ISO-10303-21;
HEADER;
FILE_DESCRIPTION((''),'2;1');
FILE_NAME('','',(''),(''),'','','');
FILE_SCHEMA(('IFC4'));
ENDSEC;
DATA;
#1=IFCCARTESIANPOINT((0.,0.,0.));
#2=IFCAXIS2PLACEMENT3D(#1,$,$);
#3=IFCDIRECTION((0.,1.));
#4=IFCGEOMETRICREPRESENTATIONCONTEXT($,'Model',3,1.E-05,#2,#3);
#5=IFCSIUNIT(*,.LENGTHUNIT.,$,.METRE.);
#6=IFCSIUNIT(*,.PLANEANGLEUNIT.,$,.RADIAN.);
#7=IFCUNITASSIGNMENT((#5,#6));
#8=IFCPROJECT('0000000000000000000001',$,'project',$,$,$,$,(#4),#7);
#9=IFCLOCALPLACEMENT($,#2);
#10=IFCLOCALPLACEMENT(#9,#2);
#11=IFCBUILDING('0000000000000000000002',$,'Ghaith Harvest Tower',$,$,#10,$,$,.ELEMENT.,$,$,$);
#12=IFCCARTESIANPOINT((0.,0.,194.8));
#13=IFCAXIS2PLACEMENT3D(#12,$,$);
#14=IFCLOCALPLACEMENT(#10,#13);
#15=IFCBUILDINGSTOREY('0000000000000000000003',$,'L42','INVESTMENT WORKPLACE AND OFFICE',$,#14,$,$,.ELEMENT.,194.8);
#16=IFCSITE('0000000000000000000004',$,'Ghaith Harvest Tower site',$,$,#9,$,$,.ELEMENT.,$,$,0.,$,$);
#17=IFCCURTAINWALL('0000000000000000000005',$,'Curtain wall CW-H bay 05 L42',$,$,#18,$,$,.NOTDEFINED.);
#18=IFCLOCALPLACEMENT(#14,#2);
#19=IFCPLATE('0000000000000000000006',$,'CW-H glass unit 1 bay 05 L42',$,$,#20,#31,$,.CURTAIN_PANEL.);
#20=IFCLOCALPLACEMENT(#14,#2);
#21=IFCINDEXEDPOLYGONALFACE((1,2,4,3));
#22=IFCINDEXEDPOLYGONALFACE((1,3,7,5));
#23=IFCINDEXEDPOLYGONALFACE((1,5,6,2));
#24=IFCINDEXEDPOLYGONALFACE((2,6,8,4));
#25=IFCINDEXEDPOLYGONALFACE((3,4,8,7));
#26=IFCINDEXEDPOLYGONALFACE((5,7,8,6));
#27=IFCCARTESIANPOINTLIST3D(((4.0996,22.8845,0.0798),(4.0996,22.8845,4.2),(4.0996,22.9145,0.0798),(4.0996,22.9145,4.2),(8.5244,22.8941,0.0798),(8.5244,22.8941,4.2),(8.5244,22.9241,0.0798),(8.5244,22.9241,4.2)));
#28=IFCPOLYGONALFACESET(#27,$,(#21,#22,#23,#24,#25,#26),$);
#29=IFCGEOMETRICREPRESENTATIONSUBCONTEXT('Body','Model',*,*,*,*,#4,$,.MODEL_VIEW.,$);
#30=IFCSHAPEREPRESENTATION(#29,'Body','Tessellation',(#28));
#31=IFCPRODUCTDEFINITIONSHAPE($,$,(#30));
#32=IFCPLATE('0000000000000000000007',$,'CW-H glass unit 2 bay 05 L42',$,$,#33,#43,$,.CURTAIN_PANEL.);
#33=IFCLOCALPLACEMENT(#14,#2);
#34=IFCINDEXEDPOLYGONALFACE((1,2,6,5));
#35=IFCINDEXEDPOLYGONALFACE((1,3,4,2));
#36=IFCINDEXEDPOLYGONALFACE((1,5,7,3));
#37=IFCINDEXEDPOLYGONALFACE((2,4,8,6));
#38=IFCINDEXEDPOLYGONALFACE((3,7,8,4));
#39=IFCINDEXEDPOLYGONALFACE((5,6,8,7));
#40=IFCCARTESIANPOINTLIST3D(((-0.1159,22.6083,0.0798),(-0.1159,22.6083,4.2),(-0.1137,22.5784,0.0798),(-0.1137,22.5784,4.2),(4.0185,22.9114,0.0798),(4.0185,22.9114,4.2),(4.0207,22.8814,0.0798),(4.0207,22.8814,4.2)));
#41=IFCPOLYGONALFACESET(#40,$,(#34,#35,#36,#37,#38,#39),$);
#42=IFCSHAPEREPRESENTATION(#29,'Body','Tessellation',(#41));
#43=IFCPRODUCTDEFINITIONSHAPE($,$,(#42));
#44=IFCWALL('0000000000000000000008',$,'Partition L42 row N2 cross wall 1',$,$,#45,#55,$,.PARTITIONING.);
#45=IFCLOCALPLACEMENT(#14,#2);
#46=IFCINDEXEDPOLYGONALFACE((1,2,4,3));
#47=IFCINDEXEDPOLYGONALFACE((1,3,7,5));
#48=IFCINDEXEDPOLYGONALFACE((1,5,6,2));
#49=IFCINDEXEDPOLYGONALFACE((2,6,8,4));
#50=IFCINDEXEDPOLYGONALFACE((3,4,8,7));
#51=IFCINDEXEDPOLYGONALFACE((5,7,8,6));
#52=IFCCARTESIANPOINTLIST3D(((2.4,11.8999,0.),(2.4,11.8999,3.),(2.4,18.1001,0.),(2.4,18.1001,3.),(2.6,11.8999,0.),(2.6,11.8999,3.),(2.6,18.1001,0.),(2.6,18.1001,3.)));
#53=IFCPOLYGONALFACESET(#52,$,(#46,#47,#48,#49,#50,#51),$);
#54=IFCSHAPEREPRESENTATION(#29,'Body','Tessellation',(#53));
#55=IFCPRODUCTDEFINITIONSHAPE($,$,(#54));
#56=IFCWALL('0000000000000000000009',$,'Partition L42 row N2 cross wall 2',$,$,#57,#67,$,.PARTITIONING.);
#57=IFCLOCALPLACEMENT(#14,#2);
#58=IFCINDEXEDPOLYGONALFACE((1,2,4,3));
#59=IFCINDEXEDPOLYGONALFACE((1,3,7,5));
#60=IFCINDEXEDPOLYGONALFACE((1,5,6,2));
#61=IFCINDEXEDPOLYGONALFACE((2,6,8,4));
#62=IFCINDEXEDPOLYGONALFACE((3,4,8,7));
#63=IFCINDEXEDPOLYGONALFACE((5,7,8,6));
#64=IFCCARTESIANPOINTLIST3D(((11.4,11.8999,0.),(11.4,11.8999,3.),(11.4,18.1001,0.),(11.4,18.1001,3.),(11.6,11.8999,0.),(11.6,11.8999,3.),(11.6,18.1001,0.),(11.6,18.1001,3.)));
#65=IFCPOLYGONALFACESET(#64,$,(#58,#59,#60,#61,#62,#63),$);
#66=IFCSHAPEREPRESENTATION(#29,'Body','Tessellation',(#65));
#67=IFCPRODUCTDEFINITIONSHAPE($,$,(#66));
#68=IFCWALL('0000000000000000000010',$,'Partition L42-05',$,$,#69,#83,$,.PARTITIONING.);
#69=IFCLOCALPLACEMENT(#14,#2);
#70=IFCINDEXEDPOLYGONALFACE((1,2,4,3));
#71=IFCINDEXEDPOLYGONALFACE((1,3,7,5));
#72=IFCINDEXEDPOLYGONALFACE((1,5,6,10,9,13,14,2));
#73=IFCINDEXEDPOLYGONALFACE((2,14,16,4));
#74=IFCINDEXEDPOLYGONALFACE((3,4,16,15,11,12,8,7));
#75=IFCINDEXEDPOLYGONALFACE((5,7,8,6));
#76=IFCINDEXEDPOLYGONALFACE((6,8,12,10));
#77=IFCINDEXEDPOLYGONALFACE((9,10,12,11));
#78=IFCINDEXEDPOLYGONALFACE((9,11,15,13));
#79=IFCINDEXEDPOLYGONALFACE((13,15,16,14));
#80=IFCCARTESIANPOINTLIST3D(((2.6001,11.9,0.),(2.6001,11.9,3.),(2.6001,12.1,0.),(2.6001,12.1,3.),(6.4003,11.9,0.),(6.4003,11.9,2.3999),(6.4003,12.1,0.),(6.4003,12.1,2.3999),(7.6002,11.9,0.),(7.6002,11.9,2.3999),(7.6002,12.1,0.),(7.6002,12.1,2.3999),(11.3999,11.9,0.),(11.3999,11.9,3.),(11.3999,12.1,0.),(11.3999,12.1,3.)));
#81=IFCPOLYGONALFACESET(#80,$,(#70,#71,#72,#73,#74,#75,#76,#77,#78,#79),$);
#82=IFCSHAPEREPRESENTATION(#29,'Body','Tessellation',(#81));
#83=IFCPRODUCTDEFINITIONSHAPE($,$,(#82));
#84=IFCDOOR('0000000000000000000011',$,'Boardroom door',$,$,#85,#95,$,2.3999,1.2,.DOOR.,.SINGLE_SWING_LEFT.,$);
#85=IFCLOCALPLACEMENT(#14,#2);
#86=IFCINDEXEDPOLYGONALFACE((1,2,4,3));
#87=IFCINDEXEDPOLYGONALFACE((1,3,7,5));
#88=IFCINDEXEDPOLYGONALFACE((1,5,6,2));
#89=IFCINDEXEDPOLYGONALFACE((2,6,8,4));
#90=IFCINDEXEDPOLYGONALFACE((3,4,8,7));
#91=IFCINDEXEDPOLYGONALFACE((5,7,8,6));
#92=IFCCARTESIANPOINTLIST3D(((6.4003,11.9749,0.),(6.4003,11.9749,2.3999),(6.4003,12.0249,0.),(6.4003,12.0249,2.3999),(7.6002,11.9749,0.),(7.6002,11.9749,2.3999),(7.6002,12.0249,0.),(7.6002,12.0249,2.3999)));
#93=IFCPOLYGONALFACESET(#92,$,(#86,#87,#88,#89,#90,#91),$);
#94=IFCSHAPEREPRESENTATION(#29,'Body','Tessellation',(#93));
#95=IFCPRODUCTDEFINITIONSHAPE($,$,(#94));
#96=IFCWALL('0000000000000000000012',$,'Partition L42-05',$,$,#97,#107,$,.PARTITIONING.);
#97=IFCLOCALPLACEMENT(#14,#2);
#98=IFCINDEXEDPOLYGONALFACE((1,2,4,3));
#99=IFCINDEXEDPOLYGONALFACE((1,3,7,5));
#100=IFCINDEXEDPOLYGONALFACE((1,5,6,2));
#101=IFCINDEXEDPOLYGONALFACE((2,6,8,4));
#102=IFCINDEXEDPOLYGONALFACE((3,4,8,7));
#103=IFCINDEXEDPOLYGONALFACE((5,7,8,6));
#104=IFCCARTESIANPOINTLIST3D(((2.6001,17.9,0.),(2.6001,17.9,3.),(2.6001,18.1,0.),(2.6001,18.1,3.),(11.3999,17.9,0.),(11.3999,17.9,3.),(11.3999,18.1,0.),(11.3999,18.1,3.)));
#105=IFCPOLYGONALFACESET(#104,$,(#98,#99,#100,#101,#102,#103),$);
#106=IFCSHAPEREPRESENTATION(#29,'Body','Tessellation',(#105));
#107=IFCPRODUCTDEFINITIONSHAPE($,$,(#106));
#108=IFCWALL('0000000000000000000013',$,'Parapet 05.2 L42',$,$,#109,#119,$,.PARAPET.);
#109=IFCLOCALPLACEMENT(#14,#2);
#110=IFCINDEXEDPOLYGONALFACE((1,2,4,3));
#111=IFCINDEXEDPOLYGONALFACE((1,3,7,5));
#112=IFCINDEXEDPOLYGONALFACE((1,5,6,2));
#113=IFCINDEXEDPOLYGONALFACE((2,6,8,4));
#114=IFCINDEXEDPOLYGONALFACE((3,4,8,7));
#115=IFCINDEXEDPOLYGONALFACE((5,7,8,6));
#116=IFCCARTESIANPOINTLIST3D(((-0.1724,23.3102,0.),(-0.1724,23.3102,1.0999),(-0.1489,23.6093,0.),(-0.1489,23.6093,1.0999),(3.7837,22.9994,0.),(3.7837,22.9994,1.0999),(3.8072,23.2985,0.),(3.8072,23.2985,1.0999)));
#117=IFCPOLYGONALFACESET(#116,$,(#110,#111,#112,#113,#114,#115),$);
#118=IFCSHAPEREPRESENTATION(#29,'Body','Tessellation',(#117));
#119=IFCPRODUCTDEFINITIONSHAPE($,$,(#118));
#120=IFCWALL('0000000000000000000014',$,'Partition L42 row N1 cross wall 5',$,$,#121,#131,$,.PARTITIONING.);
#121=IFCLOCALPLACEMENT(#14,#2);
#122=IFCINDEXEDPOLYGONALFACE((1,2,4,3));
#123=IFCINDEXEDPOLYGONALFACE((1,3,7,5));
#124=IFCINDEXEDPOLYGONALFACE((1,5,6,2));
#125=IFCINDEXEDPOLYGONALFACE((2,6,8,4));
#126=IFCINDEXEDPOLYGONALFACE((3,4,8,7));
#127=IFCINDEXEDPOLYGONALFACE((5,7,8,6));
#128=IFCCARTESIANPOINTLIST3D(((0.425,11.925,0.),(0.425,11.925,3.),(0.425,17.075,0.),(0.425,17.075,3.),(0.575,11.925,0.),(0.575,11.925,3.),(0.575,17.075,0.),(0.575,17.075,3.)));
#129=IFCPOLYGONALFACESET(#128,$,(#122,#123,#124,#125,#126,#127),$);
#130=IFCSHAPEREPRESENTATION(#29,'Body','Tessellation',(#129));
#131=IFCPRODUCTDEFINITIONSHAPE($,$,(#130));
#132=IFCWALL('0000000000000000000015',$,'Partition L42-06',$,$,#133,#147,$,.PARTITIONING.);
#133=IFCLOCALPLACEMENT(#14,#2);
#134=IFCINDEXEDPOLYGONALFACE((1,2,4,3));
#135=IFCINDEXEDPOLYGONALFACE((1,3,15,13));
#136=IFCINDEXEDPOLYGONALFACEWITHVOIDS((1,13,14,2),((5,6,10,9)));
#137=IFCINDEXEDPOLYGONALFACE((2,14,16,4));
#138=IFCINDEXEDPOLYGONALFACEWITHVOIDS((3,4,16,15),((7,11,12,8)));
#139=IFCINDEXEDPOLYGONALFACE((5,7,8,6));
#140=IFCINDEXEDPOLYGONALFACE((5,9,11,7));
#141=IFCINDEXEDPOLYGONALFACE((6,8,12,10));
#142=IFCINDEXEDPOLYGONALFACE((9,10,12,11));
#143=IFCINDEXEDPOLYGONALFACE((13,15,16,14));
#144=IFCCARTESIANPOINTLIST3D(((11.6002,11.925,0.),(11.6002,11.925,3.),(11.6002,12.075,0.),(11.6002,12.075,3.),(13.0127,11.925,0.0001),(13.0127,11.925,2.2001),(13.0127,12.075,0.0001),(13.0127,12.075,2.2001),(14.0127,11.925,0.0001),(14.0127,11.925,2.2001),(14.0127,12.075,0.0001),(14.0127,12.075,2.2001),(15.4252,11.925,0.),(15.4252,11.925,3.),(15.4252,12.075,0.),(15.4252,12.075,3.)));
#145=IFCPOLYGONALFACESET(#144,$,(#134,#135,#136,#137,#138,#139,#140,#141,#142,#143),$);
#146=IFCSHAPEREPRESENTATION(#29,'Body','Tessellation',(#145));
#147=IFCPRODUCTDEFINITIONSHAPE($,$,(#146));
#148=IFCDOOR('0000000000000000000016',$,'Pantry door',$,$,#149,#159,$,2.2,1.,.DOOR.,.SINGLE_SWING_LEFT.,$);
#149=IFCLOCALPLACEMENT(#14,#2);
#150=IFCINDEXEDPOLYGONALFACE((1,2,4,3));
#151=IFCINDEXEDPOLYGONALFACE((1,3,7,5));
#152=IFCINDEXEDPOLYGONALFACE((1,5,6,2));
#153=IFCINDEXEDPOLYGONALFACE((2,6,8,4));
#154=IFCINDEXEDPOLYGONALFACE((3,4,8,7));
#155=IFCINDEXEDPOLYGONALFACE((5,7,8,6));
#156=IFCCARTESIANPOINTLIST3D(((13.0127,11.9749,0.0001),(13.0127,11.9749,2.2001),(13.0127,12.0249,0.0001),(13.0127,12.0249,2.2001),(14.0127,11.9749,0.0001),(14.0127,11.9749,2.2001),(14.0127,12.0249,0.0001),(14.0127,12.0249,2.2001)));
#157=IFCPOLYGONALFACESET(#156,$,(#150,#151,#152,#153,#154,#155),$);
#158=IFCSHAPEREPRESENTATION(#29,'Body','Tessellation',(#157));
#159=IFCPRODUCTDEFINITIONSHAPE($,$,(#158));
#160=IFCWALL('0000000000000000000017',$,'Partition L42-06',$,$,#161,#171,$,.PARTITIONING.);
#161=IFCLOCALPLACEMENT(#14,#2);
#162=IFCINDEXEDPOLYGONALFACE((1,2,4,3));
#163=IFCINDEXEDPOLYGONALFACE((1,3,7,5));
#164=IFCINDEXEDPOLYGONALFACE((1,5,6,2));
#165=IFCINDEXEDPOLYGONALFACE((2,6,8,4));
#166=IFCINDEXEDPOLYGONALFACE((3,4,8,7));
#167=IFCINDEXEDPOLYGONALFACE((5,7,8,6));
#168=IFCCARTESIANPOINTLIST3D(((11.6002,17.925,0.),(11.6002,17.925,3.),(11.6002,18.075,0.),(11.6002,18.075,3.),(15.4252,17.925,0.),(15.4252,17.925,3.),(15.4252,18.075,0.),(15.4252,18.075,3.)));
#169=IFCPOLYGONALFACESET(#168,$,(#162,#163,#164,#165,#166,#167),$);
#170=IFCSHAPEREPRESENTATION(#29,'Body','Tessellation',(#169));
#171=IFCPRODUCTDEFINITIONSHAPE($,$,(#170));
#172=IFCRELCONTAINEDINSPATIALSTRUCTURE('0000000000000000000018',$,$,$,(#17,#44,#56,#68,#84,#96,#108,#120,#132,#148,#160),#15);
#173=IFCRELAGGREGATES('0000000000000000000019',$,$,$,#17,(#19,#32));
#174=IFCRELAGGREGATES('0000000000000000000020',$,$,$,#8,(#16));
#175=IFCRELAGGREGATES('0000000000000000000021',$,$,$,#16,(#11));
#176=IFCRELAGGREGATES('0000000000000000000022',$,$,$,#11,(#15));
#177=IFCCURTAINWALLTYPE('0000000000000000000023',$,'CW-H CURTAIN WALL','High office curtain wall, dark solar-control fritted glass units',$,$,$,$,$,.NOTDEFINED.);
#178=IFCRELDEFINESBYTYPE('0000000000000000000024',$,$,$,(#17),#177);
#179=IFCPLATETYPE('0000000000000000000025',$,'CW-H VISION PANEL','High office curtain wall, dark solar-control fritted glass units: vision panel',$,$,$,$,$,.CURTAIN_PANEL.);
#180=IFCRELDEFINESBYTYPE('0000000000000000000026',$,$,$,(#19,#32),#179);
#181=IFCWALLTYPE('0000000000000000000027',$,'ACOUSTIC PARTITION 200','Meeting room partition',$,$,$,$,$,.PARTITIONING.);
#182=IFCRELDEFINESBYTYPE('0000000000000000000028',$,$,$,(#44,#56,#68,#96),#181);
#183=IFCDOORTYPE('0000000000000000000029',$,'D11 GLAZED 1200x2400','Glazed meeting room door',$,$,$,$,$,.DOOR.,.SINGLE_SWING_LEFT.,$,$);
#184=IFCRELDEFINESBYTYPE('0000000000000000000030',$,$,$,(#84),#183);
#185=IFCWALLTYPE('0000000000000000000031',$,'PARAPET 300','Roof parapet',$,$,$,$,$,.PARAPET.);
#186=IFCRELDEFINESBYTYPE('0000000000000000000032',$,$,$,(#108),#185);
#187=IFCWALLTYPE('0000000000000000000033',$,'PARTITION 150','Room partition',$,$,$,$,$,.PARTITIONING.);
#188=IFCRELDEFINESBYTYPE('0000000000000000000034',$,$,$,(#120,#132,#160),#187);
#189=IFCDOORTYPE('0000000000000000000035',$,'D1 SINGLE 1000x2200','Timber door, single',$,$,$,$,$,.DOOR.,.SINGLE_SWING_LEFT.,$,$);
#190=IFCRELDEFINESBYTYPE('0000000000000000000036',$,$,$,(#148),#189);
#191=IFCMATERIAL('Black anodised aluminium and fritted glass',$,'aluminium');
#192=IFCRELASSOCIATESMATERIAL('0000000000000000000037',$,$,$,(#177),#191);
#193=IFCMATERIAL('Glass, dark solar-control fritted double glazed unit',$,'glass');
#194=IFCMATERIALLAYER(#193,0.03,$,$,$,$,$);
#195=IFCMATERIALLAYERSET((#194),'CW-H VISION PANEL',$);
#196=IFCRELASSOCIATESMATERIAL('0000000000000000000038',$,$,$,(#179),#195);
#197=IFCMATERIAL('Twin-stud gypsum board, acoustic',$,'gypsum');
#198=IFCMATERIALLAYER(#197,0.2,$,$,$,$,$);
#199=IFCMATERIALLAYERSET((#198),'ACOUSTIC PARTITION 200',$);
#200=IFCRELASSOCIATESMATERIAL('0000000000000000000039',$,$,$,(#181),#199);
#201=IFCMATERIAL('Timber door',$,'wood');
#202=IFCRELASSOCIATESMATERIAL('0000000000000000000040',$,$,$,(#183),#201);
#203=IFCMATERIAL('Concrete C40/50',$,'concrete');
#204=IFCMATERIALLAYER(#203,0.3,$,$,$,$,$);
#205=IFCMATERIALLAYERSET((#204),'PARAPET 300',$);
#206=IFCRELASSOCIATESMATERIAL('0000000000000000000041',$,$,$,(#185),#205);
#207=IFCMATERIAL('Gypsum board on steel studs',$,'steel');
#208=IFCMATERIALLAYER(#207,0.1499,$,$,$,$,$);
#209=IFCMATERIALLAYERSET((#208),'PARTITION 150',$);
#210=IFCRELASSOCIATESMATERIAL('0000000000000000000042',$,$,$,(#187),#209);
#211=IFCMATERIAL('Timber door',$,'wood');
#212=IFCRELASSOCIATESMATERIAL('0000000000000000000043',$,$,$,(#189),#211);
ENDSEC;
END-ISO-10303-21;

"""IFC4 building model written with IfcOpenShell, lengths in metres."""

from ifc_helpers import new_model, si_unit, direction, frame, frame_2d, origin, origin_2d, place, context, subcontext, project, spatial, rectangle, extrude, material, layer, layer_set, type_object, element, fill, aggregate, save


model = new_model("IFC4")

# Units and contexts
model_context = context("Model", 3, precision=1e-05, world=origin(), true_north=direction((0.0, 1.0)))
body_context = subcontext(model_context, "Body", "Model", "MODEL_VIEW")
ifc_project = project(units=[si_unit("LENGTHUNIT", "METRE"), si_unit("PLANEANGLEUNIT", "RADIAN")], contexts=[model_context])

# Site, building, storey
site_placement = place(None, origin())
site = spatial("IfcSite", under=ifc_project, at=site_placement, Name="Ghaith Harvest Tower site", CompositionType="ELEMENT", RefElevation=0.0)
building_placement = place(site_placement, origin())
building = spatial("IfcBuilding", under=site, at=building_placement, Name="Ghaith Harvest Tower", CompositionType="ELEMENT")
storey_placement = place(building_placement, frame((0.0, 0.0, 194.8)))
storey = spatial("IfcBuildingStorey", under=building, at=storey_placement, Name="L42", Description="INVESTMENT WORKPLACE AND OFFICE", CompositionType="ELEMENT", Elevation=194.8)

# Shared definitions
ifc_material_1 = material(Name="Black anodised aluminium and fritted glass", Category="aluminium")
curtain_wall_type = type_object("IfcCurtainWallType", Name="CW-H CURTAIN WALL", Description="High office curtain wall, dark solar-control fritted glass units", PredefinedType="NOTDEFINED", material=ifc_material_1)

# Curtain wall
curtain_wall_1_placement = place(storey_placement, origin())
curtain_wall_1 = element("IfcCurtainWall", 1, at=curtain_wall_1_placement, inside=storey, type_object=curtain_wall_type, Name="Curtain wall CW-H bay 05 L42", PredefinedType="NOTDEFINED")

# Plates
ifc_material_2 = material(Name="Glass, dark solar-control fritted double glazed unit", Category="glass")
ifc_layer_1 = layer(ifc_material_2, 0.03)
ifc_layer_set_1 = layer_set([ifc_layer_1], Name="CW-H VISION PANEL")
plate_type = type_object("IfcPlateType", Name="CW-H VISION PANEL", Description="High office curtain wall, dark solar-control fritted glass units: vision panel", PredefinedType="CURTAIN_PANEL", material=ifc_layer_set_1)
plate_1_placement = place(storey_placement, frame((6.312, 22.9043, 0.0798), z_axis=(0.0, 0.0, 1.0), x_axis=(-0.999998, -0.002171, 0.0)))
plate_1 = element("IfcPlate", 2, at=plate_1_placement, type_object=plate_type, Name="CW-H glass unit 1 bay 05 L42", PredefinedType="CURTAIN_PANEL", context=body_context, shape_type="SweptSolid", body=[
    extrude(rectangle(XDim=4.4248, YDim=0.03, at=origin_2d()), origin(), (0.0, 0.0, 1.0), 4.1201),
])
plate_2_placement = place(storey_placement, frame((1.9524, 22.7449, 0.0798), z_axis=(0.0, 0.0, 1.0), x_axis=(-0.997325, -0.073101, 0.0)))
plate_2 = element("IfcPlate", 3, at=plate_2_placement, type_object=plate_type, Name="CW-H glass unit 2 bay 05 L42", PredefinedType="CURTAIN_PANEL", context=body_context, shape_type="SweptSolid", body=[
    extrude(rectangle(XDim=4.1455, YDim=0.03, at=origin_2d()), origin(), (0.0, 0.0, 1.0), 4.1201),
])
aggregate(curtain_wall_1, [plate_1, plate_2])

# Walls
ifc_material_3 = material(Name="Twin-stud gypsum board, acoustic", Category="gypsum")
ifc_layer_2 = layer(ifc_material_3, 0.2)
ifc_layer_set_2 = layer_set([ifc_layer_2], Name="ACOUSTIC PARTITION 200")
wall_type_1 = type_object("IfcWallType", Name="ACOUSTIC PARTITION 200", Description="Meeting room partition", PredefinedType="PARTITIONING", material=ifc_layer_set_2)
for number, where, z_axis, x_axis, name in (
    (4, (2.5, 11.8999, 0.0), (0.0, 0.0, 1.0), (0.0, 1.0, 0.0), "Partition L42 row N2 cross wall 1"),
    (5, (11.5, 11.8999, 0.0), (0.0, 0.0, 1.0), (0.0, 1.0, 0.0), "Partition L42 row N2 cross wall 2"),
):
    element("IfcWall", number, at=place(storey_placement, frame(where, z_axis=z_axis, x_axis=x_axis)), inside=storey, type_object=wall_type_1, Name=name, PredefinedType="PARTITIONING", context=body_context, shape_type="SweptSolid", body=[
        extrude(rectangle(XDim=6.2002, YDim=0.2, at=frame_2d((3.1001, 0.0))), origin(), (0.0, 0.0, 1.0), 3.0),
    ])

# Wall, opening, door
wall_1_placement = place(storey_placement, frame((2.6001, 12.0, 0.0), z_axis=(0.0, 0.0, 1.0), x_axis=(1.0, 0.0, 0.0)))
wall_1 = element("IfcWall", 6, at=wall_1_placement, inside=storey, type_object=wall_type_1, Name="Partition L42-05", PredefinedType="PARTITIONING", context=body_context, shape_type="SweptSolid", body=[
    extrude(rectangle(XDim=8.7998, YDim=0.2, at=frame_2d((4.3999, 0.0))), origin(), (0.0, 0.0, 1.0), 3.0),
])
opening_1_placement = place(wall_1_placement, frame((3.8, 0.0, 0.0)))
opening_1 = element("IfcOpeningElement", 7, at=opening_1_placement, cuts=wall_1, PredefinedType="OPENING", context=body_context, shape_type="SweptSolid", body=[
    extrude(rectangle(XDim=1.2, YDim=2.3999, at=frame_2d((0.6001, 1.2))), frame((0.0, 0.1099, 0.0), z_axis=(0.0, -1.0, 0.0), x_axis=(1.0, 0.0, 0.0)), (0.0, 0.0, 1.0), 0.22),
])
ifc_material_4 = material(Name="Timber door", Category="wood")
door_type_1 = type_object("IfcDoorType", Name="D11 GLAZED 1200x2400", Description="Glazed meeting room door", OperationType="SINGLE_SWING_LEFT", PredefinedType="DOOR", material=ifc_material_4)
door_1_placement = place(opening_1_placement, origin())
door_1 = element("IfcDoor", 8, at=door_1_placement, inside=storey, type_object=door_type_1, Name="Boardroom door", OperationType="SINGLE_SWING_LEFT", OverallHeight=2.3999, OverallWidth=1.2, PredefinedType="DOOR", context=body_context, shape_type="SweptSolid", body=[
    extrude(rectangle(XDim=1.2, YDim=2.3999, at=frame_2d((0.6001, 1.2))), frame((0.0, 0.0249, 0.0), z_axis=(0.0, -1.0, 0.0), x_axis=(1.0, 0.0, 0.0)), (0.0, 0.0, 1.0), 0.05),
])
fill(opening_1, door_1)

# Walls
wall_2_placement = place(storey_placement, frame((2.6001, 18.0, 0.0), z_axis=(0.0, 0.0, 1.0), x_axis=(1.0, 0.0, 0.0)))
element("IfcWall", 9, at=wall_2_placement, inside=storey, type_object=wall_type_1, Name="Partition L42-05", PredefinedType="PARTITIONING", context=body_context, shape_type="SweptSolid", body=[
    extrude(rectangle(XDim=8.7998, YDim=0.2, at=frame_2d((4.3999, 0.0))), origin(), (0.0, 0.0, 1.0), 3.0),
])
ifc_material_5 = material(Name="Concrete C40/50", Category="concrete")
ifc_layer_3 = layer(ifc_material_5, 0.3)
ifc_layer_set_3 = layer_set([ifc_layer_3], Name="PARAPET 300")
wall_type_2 = type_object("IfcWallType", Name="PARAPET 300", Description="Roof parapet", PredefinedType="PARAPET", material=ifc_layer_set_3)
wall_3_placement = place(storey_placement, frame((3.7954, 23.1489, 0.0), z_axis=(0.0, 0.0, 1.0), x_axis=(-0.996928, 0.07832, 0.0)))
element("IfcWall", 10, at=wall_3_placement, inside=storey, type_object=wall_type_2, Name="Parapet 05.2 L42", PredefinedType="PARAPET", context=body_context, shape_type="SweptSolid", body=[
    extrude(rectangle(XDim=3.9683, YDim=0.3, at=frame_2d((1.9841, 0.0))), origin(), (0.0, 0.0, 1.0), 1.0999),
])
ifc_material_6 = material(Name="Gypsum board on steel studs", Category="steel")
ifc_layer_4 = layer(ifc_material_6, 0.1499)
ifc_layer_set_4 = layer_set([ifc_layer_4], Name="PARTITION 150")
wall_type_3 = type_object("IfcWallType", Name="PARTITION 150", Description="Room partition", PredefinedType="PARTITIONING", material=ifc_layer_set_4)
wall_4_placement = place(storey_placement, frame((0.5, 11.925, 0.0), z_axis=(0.0, 0.0, 1.0), x_axis=(0.0, 1.0, 0.0)))
element("IfcWall", 11, at=wall_4_placement, inside=storey, type_object=wall_type_3, Name="Partition L42 row N1 cross wall 5", PredefinedType="PARTITIONING", context=body_context, shape_type="SweptSolid", body=[
    extrude(rectangle(XDim=5.1499, YDim=0.1499, at=frame_2d((2.575, 0.0))), origin(), (0.0, 0.0, 1.0), 3.0),
])

# Wall, opening, door
wall_5_placement = place(storey_placement, frame((11.6001, 12.0, 0.0), z_axis=(0.0, 0.0, 1.0), x_axis=(1.0, 0.0, 0.0)))
wall_5 = element("IfcWall", 12, at=wall_5_placement, inside=storey, type_object=wall_type_3, Name="Partition L42-06", PredefinedType="PARTITIONING", context=body_context, shape_type="SweptSolid", body=[
    extrude(rectangle(XDim=3.825, YDim=0.1499, at=frame_2d((1.9126, 0.0))), origin(), (0.0, 0.0, 1.0), 3.0),
])
opening_2_placement = place(wall_5_placement, frame((1.4126, 0.0, 0.0)))
opening_2 = element("IfcOpeningElement", 13, at=opening_2_placement, cuts=wall_5, PredefinedType="OPENING", context=body_context, shape_type="SweptSolid", body=[
    extrude(rectangle(XDim=1.0, YDim=2.2, at=frame_2d((0.5, 1.1001))), frame((0.0, 0.085, 0.0), z_axis=(0.0, -1.0, 0.0), x_axis=(1.0, 0.0, 0.0)), (0.0, 0.0, 1.0), 0.1699),
])
ifc_material_7 = material(Name="Timber door", Category="wood")
door_type_2 = type_object("IfcDoorType", Name="D1 SINGLE 1000x2200", Description="Timber door, single", OperationType="SINGLE_SWING_LEFT", PredefinedType="DOOR", material=ifc_material_7)
door_2_placement = place(opening_2_placement, origin())
door_2 = element("IfcDoor", 14, at=door_2_placement, inside=storey, type_object=door_type_2, Name="Pantry door", OperationType="SINGLE_SWING_LEFT", OverallHeight=2.2, OverallWidth=1.0, PredefinedType="DOOR", context=body_context, shape_type="SweptSolid", body=[
    extrude(rectangle(XDim=1.0, YDim=2.2, at=frame_2d((0.5, 1.1001))), frame((0.0, 0.0249, 0.0), z_axis=(0.0, -1.0, 0.0), x_axis=(1.0, 0.0, 0.0)), (0.0, 0.0, 1.0), 0.05),
])
fill(opening_2, door_2)

# Wall
wall_6_placement = place(storey_placement, frame((11.6001, 18.0, 0.0), z_axis=(0.0, 0.0, 1.0), x_axis=(1.0, 0.0, 0.0)))
element("IfcWall", 15, at=wall_6_placement, inside=storey, type_object=wall_type_3, Name="Partition L42-06", PredefinedType="PARTITIONING", context=body_context, shape_type="SweptSolid", body=[
    extrude(rectangle(XDim=3.825, YDim=0.1499, at=frame_2d((1.9126, 0.0))), origin(), (0.0, 0.0, 1.0), 3.0),
])

save(model, "model.ifc")
